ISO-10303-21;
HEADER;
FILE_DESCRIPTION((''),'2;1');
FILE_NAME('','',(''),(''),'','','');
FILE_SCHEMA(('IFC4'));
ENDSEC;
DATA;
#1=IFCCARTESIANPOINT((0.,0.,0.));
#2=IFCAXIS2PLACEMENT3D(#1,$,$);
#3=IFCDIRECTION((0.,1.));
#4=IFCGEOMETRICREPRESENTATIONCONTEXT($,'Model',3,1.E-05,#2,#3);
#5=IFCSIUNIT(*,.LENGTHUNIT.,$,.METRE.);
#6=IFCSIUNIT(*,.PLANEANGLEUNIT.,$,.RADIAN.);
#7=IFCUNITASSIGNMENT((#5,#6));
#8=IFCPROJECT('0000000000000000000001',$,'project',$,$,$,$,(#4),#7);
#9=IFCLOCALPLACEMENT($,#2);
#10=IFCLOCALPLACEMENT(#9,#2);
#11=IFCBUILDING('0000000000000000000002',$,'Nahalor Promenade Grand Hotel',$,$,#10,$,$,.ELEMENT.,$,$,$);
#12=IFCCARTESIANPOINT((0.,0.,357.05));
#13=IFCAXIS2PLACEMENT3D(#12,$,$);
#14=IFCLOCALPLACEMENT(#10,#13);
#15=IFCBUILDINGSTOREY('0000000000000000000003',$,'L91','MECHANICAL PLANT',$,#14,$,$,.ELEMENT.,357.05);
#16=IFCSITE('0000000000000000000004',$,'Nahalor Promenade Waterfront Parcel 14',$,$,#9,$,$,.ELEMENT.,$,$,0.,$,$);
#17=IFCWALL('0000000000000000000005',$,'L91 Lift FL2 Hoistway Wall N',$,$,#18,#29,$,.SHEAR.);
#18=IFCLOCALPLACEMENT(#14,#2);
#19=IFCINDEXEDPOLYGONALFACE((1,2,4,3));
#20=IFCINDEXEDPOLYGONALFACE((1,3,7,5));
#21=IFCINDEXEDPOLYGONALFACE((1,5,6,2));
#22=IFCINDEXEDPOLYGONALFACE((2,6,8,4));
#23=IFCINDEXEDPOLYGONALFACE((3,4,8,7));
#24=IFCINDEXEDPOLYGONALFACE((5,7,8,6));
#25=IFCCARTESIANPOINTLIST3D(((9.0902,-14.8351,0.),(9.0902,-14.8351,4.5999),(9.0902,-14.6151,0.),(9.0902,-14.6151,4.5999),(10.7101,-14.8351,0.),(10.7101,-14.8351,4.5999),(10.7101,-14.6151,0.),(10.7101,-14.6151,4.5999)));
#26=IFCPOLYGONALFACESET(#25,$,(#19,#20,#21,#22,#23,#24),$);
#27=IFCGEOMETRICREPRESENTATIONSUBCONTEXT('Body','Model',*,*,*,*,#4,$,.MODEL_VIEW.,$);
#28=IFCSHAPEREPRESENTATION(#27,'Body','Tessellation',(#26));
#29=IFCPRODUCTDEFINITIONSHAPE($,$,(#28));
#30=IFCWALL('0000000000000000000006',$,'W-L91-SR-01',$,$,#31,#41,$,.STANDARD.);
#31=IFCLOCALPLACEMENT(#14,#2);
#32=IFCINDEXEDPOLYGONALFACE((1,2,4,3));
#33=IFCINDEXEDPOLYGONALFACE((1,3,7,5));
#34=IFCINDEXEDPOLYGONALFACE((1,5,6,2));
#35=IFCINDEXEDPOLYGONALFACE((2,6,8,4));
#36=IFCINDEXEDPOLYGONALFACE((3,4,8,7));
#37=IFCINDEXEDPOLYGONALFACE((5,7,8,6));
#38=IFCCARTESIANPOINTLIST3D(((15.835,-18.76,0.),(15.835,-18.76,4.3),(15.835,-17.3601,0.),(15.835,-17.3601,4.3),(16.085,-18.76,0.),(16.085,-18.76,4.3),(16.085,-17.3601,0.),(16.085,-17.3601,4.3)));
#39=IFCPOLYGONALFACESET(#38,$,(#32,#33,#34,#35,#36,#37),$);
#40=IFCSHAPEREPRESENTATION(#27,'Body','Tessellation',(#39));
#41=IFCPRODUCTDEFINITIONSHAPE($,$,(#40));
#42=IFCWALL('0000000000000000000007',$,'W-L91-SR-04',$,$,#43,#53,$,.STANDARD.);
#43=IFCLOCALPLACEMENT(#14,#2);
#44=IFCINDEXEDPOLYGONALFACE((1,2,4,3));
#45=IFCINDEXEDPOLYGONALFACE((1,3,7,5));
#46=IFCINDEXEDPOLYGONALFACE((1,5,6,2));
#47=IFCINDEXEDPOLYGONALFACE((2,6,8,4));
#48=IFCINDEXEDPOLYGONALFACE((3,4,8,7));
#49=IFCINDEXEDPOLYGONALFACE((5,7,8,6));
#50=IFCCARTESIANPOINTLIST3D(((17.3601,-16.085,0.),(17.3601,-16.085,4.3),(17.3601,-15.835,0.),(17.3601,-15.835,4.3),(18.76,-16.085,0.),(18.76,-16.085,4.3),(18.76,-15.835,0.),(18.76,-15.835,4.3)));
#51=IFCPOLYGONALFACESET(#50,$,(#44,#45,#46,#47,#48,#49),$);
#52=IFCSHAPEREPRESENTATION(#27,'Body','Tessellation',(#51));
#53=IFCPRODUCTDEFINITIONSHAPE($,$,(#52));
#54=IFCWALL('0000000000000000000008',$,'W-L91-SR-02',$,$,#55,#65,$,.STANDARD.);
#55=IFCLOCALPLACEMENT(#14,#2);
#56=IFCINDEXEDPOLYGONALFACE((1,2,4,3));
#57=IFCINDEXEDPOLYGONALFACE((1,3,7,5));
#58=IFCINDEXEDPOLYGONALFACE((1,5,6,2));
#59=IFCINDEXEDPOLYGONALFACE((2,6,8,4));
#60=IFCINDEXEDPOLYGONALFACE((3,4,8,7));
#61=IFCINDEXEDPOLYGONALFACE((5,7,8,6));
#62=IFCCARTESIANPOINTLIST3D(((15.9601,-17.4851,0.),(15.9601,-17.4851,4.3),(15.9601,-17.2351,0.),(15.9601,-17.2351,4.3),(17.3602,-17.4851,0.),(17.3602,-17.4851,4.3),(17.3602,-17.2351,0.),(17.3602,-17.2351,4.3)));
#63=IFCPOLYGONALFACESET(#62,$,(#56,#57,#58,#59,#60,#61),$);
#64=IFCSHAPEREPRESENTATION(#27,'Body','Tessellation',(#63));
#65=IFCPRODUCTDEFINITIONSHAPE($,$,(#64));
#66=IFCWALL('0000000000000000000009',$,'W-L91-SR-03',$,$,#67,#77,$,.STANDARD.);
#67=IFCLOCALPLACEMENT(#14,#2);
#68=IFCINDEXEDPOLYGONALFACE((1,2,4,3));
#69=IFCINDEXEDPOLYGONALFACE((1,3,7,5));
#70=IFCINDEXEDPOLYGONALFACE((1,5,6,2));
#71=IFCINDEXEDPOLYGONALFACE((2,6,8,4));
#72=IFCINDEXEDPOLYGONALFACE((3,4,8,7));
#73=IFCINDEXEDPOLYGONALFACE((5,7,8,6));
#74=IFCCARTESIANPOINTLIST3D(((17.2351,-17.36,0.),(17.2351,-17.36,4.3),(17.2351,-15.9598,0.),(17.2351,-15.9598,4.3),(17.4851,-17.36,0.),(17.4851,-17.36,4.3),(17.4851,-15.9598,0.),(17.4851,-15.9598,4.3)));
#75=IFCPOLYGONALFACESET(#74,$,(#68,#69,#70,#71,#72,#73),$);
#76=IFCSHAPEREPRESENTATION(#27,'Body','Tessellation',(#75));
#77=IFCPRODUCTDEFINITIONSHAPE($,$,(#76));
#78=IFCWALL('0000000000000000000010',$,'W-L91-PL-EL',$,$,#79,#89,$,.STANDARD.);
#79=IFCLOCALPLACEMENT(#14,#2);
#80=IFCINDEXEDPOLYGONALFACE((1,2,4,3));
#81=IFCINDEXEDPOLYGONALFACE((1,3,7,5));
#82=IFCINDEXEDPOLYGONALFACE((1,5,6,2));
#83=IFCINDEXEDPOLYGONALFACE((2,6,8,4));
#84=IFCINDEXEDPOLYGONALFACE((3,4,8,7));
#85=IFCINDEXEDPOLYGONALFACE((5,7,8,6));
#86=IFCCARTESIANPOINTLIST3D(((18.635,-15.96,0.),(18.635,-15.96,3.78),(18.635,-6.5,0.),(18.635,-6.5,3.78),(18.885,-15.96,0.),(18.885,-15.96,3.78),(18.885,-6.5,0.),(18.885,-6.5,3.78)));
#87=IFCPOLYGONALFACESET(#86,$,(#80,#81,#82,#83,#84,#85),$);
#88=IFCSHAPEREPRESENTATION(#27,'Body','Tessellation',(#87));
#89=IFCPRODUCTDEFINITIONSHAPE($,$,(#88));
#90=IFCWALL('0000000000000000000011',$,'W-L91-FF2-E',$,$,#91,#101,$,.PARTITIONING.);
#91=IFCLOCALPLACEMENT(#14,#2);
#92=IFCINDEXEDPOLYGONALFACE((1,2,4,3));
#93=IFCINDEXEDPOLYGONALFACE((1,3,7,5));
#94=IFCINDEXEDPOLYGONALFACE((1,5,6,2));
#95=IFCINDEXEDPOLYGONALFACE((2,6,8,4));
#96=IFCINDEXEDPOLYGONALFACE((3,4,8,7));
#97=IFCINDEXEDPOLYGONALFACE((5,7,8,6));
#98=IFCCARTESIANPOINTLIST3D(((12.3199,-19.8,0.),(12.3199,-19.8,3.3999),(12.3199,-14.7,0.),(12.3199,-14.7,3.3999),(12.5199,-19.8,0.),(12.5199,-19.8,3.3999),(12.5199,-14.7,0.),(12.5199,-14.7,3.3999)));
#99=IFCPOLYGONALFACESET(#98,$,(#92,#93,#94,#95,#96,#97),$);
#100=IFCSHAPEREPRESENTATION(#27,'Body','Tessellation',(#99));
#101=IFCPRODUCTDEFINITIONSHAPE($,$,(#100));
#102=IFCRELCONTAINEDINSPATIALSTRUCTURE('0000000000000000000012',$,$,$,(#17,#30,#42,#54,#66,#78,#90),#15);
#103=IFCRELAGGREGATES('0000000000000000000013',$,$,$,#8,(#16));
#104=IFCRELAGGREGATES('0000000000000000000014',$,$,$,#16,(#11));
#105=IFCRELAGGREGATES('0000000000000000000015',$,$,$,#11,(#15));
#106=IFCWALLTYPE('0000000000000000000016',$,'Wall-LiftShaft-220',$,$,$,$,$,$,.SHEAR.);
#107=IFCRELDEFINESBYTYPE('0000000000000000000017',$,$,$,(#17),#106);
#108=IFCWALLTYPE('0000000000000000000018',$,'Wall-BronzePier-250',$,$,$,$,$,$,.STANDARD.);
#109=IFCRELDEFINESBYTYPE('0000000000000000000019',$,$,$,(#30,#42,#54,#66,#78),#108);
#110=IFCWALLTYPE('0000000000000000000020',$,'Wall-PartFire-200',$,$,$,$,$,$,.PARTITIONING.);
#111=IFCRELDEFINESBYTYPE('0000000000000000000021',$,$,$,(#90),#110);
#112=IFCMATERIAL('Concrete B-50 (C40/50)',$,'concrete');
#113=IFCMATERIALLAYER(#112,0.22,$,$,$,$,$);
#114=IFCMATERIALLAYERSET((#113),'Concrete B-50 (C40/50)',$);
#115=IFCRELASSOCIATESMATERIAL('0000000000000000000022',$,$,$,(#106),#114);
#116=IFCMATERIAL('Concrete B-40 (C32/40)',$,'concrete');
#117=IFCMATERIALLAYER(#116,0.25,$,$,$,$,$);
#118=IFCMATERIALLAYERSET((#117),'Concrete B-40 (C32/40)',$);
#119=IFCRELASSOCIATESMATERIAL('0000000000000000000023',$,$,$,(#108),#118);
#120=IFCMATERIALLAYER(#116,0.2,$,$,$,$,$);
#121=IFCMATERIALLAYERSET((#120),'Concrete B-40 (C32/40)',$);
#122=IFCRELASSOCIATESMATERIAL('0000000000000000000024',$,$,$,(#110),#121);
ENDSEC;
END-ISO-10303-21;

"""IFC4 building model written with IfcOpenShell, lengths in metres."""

from ifc_helpers import new_model, si_unit, direction, frame, frame_2d, origin, place, context, subcontext, project, spatial, rectangle, extrude, source, transform, mapped, material, layer, layer_set, type_object, element, save


model = new_model("IFC4")

# Units and contexts
model_context = context("Model", 3, precision=1e-05, world=origin(), true_north=direction((0.0, 1.0)))
body_context = subcontext(model_context, "Body", "Model", "MODEL_VIEW")
ifc_project = project(units=[si_unit("LENGTHUNIT", "METRE"), si_unit("PLANEANGLEUNIT", "RADIAN")], contexts=[model_context])

# Site, building, storey
site_placement = place(None, origin())
site = spatial("IfcSite", under=ifc_project, at=site_placement, Name="Nahalor Promenade Waterfront Parcel 14", CompositionType="ELEMENT", RefElevation=0.0)
building_placement = place(site_placement, origin())
building = spatial("IfcBuilding", under=site, at=building_placement, Name="Nahalor Promenade Grand Hotel", CompositionType="ELEMENT")
storey_placement = place(building_placement, frame((0.0, 0.0, 357.05)))
storey = spatial("IfcBuildingStorey", under=building, at=storey_placement, Name="L91", Description="MECHANICAL PLANT", CompositionType="ELEMENT", Elevation=357.05)

# Shared definitions
ifc_material_1 = material(Name="Concrete B-50 (C40/50)", Category="concrete")

# Shared definitions
ifc_layer_1 = layer(ifc_material_1, 0.22)
ifc_layer_set_1 = layer_set([ifc_layer_1], Name="Concrete B-50 (C40/50)")
wall_type_1 = type_object("IfcWallType", Name="Wall-LiftShaft-220", PredefinedType="SHEAR", material=ifc_layer_set_1)

# Walls
shared_shape_1 = source(origin(), body_context, "Body", "SweptSolid", [
    extrude(rectangle(XDim=1.6199, YDim=0.22, at=frame_2d((0.8101, 0.0))), origin(), (0.0, 0.0, 1.0), 4.5999),
])
wall_1_placement = place(storey_placement, frame((9.0901, -14.7251, 0.0), z_axis=(0.0, 0.0, 1.0), x_axis=(1.0, 0.0, 0.0)))
element("IfcWall", 1, at=wall_1_placement, inside=storey, type_object=wall_type_1, Name="L91 Lift FL2 Hoistway Wall N", PredefinedType="SHEAR", context=body_context, shape_type="MappedRepresentation", body=[
    mapped(shared_shape_1, transform((0.0, 0.0, 0.0), scale=1.0)),
])
ifc_material_2 = material(Name="Concrete B-40 (C32/40)", Category="concrete")
ifc_layer_2 = layer(ifc_material_2, 0.25)
ifc_layer_set_2 = layer_set([ifc_layer_2], Name="Concrete B-40 (C32/40)")
wall_type_2 = type_object("IfcWallType", Name="Wall-BronzePier-250", PredefinedType="STANDARD", material=ifc_layer_set_2)
shared_shape_2 = source(origin(), body_context, "Body", "SweptSolid", [
    extrude(rectangle(XDim=1.3999, YDim=0.25, at=frame_2d((0.7, 0.0))), origin(), (0.0, 0.0, 1.0), 4.3),
])
for number, where, z_axis, x_axis, name in (
    (2, (15.96, -18.76, 0.0), (0.0, 0.0, 1.0), (0.0, 1.0, 0.0), "W-L91-SR-01"),
    (3, (17.3601, -15.96, 0.0), (0.0, 0.0, 1.0), (1.0, 0.0, 0.0), "W-L91-SR-04"),
):
    element("IfcWall", number, at=place(storey_placement, frame(where, z_axis=z_axis, x_axis=x_axis)), inside=storey, type_object=wall_type_2, Name=name, PredefinedType="STANDARD", context=body_context, shape_type="MappedRepresentation", body=[
        mapped(shared_shape_2, transform((0.0, 0.0, 0.0), scale=1.0)),
    ])
shared_shape_3 = source(origin(), body_context, "Body", "SweptSolid", [
    extrude(rectangle(XDim=1.4001, YDim=0.25, at=frame_2d((0.7002, 0.0))), origin(), (0.0, 0.0, 1.0), 4.3),
])
for number, where, z_axis, x_axis, name in (
    (4, (15.96, -17.3601, 0.0), (0.0, 0.0, 1.0), (1.0, 0.0, 0.0), "W-L91-SR-02"),
    (5, (17.3601, -17.3601, 0.0), (0.0, 0.0, 1.0), (0.0, 1.0, 0.0), "W-L91-SR-03"),
):
    element("IfcWall", number, at=place(storey_placement, frame(where, z_axis=z_axis, x_axis=x_axis)), inside=storey, type_object=wall_type_2, Name=name, PredefinedType="STANDARD", context=body_context, shape_type="MappedRepresentation", body=[
        mapped(shared_shape_3, transform((0.0, 0.0, 0.0), scale=1.0)),
    ])
shared_shape_4 = source(origin(), body_context, "Body", "SweptSolid", [
    extrude(rectangle(XDim=9.46, YDim=0.25, at=frame_2d((4.73, 0.0))), origin(), (0.0, 0.0, 1.0), 3.78),
])
wall_2_placement = place(storey_placement, frame((18.76, -15.96, 0.0), z_axis=(0.0, 0.0, 1.0), x_axis=(0.0, 1.0, 0.0)))
element("IfcWall", 6, at=wall_2_placement, inside=storey, type_object=wall_type_2, Name="W-L91-PL-EL", PredefinedType="STANDARD", context=body_context, shape_type="MappedRepresentation", body=[
    mapped(shared_shape_4, transform((0.0, 0.0, 0.0), scale=1.0)),
])
ifc_layer_3 = layer(ifc_material_2, 0.2)
ifc_layer_set_3 = layer_set([ifc_layer_3], Name="Concrete B-40 (C32/40)")
wall_type_3 = type_object("IfcWallType", Name="Wall-PartFire-200", PredefinedType="PARTITIONING", material=ifc_layer_set_3)
shared_shape_5 = source(origin(), body_context, "Body", "SweptSolid", [
    extrude(rectangle(XDim=5.1001, YDim=0.2, at=frame_2d((2.55, 0.0))), origin(), (0.0, 0.0, 1.0), 3.3999),
])
wall_3_placement = place(storey_placement, frame((12.4199, -19.8, 0.0), z_axis=(0.0, 0.0, 1.0), x_axis=(0.0, 1.0, 0.0)))
element("IfcWall", 7, at=wall_3_placement, inside=storey, type_object=wall_type_3, Name="W-L91-FF2-E", PredefinedType="PARTITIONING", context=body_context, shape_type="MappedRepresentation", body=[
    mapped(shared_shape_5, transform((0.0, 0.0, 0.0), scale=1.0)),
])

save(model, "model.ifc")
